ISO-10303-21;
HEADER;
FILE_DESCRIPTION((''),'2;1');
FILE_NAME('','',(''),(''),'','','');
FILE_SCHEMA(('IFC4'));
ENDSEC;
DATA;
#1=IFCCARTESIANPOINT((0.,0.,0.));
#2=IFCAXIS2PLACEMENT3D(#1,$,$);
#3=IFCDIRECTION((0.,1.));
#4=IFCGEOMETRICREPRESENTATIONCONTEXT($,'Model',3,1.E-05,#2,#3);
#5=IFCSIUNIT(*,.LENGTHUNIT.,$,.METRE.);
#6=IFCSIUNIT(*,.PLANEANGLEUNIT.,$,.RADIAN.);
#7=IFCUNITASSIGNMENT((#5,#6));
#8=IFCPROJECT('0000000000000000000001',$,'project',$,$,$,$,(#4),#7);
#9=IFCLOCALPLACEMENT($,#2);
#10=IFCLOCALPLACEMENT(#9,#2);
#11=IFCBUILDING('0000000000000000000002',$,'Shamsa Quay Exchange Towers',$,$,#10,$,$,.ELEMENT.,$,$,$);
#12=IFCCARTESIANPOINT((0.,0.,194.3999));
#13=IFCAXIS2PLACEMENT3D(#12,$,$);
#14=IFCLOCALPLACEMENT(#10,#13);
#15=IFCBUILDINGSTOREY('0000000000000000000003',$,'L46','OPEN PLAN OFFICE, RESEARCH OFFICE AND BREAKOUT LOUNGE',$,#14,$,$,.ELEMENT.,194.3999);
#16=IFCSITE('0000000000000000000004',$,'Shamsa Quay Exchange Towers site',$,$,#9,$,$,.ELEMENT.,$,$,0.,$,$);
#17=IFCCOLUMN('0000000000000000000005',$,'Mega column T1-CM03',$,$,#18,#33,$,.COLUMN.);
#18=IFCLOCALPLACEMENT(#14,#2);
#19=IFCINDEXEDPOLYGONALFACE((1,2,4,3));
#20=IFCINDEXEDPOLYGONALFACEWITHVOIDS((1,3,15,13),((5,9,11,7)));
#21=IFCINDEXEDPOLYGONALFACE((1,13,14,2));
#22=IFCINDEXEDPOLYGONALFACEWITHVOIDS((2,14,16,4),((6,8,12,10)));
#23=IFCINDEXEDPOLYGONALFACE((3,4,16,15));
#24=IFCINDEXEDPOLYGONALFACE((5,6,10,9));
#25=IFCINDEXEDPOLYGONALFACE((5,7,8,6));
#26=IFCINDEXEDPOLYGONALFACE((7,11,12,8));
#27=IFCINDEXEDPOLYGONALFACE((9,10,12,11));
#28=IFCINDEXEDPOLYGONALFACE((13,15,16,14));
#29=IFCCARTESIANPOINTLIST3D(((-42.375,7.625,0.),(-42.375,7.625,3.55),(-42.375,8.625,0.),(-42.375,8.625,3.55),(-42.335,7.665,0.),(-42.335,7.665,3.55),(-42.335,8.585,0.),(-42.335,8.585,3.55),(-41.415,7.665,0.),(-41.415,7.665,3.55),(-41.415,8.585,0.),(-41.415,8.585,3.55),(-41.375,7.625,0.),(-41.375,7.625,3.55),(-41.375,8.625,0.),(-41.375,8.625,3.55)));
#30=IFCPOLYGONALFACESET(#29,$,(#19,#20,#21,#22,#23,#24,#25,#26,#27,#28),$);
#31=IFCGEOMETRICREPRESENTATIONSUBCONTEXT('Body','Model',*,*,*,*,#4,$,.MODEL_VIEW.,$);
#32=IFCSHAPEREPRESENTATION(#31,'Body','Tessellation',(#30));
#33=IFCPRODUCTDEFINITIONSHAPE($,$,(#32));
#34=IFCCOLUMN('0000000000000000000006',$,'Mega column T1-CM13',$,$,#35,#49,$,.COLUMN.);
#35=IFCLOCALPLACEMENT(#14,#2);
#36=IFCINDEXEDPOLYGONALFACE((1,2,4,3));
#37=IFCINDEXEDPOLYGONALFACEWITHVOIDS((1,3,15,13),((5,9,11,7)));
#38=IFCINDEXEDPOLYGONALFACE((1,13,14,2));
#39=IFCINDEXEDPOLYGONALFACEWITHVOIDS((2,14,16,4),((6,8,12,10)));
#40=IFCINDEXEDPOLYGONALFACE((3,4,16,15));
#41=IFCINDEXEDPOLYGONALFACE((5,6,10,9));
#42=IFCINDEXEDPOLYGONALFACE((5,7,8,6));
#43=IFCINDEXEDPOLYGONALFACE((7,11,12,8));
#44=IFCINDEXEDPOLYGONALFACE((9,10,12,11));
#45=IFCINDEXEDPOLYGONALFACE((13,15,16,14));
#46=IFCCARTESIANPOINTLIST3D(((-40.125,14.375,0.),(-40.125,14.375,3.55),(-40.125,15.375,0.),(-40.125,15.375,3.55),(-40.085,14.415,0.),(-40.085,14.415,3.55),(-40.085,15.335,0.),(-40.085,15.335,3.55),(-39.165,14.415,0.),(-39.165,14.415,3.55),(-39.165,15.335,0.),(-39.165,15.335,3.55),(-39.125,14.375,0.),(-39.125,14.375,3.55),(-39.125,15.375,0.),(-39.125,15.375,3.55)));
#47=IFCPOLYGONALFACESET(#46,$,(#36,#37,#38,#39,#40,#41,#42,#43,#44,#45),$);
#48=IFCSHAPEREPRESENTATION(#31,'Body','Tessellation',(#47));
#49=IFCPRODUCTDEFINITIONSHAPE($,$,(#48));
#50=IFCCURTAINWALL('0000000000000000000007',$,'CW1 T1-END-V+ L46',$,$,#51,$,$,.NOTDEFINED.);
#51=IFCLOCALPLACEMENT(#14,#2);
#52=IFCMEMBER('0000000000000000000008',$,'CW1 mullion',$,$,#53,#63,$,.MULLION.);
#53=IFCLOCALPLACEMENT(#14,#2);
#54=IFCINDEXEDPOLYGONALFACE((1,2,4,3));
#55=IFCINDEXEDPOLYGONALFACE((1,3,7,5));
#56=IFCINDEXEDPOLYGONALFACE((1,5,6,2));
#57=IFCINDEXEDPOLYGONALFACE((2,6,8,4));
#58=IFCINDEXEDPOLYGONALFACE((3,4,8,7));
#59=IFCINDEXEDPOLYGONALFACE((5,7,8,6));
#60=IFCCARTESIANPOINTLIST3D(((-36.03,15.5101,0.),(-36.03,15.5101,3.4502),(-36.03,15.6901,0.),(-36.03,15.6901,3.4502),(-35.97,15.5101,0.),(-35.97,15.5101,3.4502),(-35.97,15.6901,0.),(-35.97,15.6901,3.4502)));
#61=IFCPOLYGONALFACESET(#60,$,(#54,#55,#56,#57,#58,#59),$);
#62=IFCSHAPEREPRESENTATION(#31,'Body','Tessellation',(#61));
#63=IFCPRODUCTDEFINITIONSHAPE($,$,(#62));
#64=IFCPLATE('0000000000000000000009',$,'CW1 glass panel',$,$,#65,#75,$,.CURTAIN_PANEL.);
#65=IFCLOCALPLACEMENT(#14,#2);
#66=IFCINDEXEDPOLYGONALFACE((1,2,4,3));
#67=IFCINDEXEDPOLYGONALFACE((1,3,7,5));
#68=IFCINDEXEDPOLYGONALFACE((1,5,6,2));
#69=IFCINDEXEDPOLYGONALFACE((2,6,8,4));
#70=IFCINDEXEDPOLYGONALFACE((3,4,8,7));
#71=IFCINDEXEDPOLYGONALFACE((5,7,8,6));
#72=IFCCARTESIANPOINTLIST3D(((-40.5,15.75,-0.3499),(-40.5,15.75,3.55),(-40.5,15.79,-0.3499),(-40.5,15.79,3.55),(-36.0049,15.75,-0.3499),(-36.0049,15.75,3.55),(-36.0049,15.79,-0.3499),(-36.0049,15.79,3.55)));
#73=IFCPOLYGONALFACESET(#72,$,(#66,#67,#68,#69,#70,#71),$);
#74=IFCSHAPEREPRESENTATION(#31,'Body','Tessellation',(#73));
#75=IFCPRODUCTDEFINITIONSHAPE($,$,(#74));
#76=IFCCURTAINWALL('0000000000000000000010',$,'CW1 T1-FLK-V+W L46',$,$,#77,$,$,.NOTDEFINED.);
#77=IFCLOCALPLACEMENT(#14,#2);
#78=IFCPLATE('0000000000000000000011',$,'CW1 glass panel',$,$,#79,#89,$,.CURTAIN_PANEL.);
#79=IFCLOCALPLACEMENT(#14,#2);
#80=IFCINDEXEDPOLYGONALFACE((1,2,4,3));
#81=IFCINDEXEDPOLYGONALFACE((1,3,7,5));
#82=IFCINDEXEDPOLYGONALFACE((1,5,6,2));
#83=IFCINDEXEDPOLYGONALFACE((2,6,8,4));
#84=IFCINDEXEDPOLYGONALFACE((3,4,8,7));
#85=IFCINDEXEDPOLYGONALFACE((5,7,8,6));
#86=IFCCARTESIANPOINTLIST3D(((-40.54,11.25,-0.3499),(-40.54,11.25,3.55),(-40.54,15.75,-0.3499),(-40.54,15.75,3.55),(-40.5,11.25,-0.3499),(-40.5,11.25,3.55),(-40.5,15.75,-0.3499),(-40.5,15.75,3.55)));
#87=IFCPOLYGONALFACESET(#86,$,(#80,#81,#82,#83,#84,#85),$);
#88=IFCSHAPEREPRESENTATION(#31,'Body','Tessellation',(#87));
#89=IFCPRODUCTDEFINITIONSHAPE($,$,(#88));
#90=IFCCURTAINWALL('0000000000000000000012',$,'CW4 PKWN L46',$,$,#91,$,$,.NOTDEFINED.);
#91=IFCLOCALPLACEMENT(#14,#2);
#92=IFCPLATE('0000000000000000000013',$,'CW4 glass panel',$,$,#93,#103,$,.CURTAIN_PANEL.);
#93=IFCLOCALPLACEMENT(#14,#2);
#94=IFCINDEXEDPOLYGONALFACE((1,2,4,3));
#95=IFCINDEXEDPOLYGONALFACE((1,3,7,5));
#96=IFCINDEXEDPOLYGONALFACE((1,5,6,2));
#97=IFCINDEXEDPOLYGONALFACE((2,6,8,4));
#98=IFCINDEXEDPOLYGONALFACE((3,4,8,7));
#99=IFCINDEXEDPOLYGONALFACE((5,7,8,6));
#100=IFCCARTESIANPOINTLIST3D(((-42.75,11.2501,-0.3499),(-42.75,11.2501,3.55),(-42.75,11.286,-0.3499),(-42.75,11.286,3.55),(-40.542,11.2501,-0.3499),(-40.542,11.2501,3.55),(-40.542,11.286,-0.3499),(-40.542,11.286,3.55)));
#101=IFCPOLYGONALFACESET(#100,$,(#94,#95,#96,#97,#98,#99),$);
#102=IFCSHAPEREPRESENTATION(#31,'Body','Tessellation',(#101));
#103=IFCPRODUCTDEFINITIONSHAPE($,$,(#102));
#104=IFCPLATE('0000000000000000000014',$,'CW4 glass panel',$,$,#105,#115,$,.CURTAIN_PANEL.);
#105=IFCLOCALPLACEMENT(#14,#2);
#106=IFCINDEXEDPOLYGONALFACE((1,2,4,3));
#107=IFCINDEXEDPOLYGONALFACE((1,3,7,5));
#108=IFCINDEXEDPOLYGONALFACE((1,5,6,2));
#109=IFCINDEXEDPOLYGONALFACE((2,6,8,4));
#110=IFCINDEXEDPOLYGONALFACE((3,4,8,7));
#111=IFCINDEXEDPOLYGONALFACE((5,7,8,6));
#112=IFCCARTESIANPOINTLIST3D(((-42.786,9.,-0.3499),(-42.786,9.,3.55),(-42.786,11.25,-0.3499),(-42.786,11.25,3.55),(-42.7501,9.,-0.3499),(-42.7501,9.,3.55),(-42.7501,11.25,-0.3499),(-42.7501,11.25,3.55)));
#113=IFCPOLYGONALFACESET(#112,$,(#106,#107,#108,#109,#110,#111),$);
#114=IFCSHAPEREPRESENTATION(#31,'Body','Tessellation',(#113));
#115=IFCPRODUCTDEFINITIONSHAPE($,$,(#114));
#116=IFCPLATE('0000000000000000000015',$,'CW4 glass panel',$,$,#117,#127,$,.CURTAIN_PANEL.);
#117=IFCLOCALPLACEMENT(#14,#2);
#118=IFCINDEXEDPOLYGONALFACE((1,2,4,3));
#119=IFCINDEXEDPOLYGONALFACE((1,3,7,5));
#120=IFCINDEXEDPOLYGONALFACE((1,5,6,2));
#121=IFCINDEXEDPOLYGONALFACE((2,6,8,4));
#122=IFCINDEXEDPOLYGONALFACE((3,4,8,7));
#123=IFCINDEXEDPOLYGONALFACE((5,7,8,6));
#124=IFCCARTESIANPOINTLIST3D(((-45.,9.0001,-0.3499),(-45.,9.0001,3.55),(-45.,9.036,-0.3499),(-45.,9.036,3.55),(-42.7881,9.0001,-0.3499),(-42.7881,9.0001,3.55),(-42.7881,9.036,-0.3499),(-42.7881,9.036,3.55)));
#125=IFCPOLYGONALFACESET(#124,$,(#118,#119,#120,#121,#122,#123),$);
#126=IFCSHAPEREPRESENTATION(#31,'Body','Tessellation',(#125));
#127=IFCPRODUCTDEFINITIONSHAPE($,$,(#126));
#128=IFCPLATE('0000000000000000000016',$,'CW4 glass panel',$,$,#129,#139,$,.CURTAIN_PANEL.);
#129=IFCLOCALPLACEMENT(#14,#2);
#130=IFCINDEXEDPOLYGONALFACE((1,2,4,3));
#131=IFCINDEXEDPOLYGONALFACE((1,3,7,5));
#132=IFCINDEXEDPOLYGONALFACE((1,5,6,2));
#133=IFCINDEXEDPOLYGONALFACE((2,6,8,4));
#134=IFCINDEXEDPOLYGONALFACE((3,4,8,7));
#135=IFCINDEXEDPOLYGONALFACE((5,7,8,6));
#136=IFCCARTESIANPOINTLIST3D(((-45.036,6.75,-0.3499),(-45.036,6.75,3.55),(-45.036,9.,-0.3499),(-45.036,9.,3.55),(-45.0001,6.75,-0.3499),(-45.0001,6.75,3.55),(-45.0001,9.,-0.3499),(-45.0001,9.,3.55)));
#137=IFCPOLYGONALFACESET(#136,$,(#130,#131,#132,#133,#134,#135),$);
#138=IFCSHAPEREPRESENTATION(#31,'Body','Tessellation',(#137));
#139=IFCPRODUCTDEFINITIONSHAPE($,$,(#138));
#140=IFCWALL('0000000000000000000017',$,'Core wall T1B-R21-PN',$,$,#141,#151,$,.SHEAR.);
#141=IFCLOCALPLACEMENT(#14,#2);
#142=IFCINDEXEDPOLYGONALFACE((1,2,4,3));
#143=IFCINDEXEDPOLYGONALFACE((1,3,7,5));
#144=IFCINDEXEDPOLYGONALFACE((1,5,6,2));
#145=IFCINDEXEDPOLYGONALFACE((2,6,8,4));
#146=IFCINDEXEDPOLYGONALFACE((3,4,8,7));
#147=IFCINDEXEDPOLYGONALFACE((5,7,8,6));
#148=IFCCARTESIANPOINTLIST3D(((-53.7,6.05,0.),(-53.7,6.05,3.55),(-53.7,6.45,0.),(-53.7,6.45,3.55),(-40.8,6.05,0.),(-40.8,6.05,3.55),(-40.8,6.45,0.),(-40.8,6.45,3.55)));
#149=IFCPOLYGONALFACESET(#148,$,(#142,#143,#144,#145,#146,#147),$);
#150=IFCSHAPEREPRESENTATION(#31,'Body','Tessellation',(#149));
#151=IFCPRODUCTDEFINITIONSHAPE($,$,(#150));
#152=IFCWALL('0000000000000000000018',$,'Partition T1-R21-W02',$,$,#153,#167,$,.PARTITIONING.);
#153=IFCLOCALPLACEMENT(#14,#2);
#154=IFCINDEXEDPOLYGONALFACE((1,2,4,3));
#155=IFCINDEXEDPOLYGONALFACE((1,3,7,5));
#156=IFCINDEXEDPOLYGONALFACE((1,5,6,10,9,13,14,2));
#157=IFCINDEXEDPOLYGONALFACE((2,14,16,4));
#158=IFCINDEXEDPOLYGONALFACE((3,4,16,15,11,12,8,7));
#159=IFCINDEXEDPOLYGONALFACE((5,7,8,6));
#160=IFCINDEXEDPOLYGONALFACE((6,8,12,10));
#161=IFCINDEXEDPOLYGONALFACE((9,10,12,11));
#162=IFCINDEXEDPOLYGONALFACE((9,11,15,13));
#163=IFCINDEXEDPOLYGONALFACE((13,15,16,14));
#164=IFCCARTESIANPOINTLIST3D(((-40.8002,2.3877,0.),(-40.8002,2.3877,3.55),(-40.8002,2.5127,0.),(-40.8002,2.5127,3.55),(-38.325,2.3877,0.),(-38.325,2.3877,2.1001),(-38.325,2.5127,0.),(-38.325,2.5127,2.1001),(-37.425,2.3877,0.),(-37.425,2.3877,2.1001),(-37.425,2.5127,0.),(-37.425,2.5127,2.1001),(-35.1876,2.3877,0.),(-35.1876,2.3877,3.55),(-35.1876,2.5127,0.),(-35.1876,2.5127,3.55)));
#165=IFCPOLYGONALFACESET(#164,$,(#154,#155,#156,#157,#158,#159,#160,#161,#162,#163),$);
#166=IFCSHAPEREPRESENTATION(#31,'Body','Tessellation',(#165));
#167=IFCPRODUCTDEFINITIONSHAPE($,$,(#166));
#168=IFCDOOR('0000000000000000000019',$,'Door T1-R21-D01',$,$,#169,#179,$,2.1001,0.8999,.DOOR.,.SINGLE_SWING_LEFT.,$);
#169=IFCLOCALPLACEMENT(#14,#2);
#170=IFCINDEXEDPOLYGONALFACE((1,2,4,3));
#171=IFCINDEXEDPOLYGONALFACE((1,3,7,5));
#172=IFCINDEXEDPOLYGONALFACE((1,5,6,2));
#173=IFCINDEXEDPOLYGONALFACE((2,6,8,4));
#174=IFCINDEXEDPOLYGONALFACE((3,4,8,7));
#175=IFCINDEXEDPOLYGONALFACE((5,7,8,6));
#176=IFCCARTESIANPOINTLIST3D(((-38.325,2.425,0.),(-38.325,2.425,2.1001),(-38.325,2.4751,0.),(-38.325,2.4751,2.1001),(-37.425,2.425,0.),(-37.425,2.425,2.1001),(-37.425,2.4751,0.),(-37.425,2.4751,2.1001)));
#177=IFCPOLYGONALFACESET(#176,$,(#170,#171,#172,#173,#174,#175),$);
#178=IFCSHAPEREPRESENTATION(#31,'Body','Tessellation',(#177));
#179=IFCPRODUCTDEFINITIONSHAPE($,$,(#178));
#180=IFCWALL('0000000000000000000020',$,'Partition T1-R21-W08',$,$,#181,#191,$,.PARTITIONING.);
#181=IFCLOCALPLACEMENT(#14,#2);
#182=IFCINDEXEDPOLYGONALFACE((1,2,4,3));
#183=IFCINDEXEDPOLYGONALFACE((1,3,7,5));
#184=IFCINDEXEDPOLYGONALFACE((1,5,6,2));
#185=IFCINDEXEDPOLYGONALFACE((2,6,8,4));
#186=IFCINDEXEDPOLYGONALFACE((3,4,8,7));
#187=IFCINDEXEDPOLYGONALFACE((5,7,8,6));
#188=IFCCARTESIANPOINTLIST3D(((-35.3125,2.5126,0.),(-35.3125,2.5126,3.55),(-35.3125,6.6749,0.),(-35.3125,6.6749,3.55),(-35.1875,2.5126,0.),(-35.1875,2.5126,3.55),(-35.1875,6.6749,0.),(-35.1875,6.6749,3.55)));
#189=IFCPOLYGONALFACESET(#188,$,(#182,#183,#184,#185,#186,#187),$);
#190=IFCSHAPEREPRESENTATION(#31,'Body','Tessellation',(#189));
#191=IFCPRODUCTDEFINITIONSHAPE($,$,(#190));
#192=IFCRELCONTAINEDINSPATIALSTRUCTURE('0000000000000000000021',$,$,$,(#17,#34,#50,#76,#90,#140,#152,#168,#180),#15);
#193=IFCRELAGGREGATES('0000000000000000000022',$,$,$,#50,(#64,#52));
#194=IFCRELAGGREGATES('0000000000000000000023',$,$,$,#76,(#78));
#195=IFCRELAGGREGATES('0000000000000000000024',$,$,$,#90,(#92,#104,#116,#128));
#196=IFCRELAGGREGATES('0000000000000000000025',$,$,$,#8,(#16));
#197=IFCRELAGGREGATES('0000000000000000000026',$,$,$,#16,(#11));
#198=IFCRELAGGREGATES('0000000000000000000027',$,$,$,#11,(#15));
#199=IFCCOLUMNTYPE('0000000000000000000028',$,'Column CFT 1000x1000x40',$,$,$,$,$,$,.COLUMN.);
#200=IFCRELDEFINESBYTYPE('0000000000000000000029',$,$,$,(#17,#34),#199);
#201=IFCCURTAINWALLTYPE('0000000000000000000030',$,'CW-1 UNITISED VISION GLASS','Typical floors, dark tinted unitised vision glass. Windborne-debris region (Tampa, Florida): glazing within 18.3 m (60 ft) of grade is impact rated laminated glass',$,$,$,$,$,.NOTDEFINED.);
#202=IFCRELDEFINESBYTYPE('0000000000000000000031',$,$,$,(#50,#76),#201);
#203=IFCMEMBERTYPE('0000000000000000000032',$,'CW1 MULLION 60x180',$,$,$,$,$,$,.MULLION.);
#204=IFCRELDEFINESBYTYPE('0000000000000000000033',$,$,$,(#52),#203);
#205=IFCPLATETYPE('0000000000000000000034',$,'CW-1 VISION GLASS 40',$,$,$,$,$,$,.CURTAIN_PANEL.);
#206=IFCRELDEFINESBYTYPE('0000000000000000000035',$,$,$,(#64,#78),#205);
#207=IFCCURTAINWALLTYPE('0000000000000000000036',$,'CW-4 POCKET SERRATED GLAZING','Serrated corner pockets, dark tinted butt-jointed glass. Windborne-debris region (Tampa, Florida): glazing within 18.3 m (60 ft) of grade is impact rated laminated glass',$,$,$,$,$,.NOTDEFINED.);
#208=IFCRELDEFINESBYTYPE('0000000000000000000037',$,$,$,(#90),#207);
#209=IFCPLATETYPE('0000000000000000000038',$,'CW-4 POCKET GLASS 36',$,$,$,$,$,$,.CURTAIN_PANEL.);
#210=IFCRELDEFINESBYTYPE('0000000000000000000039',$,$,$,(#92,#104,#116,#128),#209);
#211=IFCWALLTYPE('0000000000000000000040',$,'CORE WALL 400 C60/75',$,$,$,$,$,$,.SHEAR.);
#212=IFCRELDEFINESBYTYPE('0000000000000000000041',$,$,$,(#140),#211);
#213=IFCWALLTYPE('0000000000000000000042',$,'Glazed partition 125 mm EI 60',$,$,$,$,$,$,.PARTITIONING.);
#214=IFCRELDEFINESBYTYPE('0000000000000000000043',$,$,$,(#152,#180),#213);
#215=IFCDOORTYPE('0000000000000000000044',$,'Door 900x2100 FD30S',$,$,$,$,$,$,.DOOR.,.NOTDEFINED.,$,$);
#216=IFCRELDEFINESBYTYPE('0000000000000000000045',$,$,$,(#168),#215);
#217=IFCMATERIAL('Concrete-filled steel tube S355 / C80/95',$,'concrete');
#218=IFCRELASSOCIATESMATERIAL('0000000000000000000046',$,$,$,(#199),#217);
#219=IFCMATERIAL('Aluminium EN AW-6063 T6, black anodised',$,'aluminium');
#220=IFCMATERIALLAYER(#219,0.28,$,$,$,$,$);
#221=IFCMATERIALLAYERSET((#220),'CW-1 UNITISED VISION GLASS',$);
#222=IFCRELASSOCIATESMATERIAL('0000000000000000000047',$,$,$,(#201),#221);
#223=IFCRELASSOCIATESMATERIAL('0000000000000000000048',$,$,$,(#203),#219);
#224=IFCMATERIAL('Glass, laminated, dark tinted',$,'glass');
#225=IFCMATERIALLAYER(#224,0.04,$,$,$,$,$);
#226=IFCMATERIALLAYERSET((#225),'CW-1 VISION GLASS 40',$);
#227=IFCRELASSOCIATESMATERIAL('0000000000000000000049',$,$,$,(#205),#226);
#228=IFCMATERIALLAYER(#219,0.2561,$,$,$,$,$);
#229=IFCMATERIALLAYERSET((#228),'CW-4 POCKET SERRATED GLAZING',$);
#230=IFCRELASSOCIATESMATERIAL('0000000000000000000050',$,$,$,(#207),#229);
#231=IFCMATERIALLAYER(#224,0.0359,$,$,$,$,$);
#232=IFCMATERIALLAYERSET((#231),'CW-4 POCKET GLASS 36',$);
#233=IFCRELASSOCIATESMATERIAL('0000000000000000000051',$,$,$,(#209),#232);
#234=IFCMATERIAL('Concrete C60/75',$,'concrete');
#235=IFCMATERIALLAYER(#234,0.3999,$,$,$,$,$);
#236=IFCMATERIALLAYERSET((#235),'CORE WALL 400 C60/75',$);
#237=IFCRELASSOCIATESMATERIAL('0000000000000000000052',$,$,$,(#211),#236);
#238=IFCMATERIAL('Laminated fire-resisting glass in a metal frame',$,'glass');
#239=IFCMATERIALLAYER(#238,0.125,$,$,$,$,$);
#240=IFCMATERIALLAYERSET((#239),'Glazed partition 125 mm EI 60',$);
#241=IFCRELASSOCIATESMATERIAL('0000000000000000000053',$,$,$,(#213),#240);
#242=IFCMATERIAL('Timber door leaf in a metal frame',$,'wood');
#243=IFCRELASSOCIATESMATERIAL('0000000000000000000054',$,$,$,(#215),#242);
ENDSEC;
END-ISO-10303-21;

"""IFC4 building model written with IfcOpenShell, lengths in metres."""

from ifc_helpers import new_model, si_unit, direction, frame, frame_2d, origin, origin_2d, place, context, subcontext, project, spatial, rectangle, hollow_rectangle, extrude, material, layer, layer_set, material_profile, profile_set, type_object, element, fill, aggregate, save


model = new_model("IFC4")

# Units and contexts
model_context = context("Model", 3, precision=1e-05, world=origin(), true_north=direction((0.0, 1.0)))
body_context = subcontext(model_context, "Body", "Model", "MODEL_VIEW")
ifc_project = project(units=[si_unit("LENGTHUNIT", "METRE"), si_unit("PLANEANGLEUNIT", "RADIAN")], contexts=[model_context])

# Site, building, storey
site_placement = place(None, origin())
site = spatial("IfcSite", under=ifc_project, at=site_placement, Name="Shamsa Quay Exchange Towers site", CompositionType="ELEMENT", RefElevation=0.0)
building_placement = place(site_placement, origin())
building = spatial("IfcBuilding", under=site, at=building_placement, Name="Shamsa Quay Exchange Towers", CompositionType="ELEMENT")
storey_placement = place(building_placement, frame((0.0, 0.0, 194.3999)))
storey = spatial("IfcBuildingStorey", under=building, at=storey_placement, Name="L46", Description="OPEN PLAN OFFICE, RESEARCH OFFICE AND BREAKOUT LOUNGE", CompositionType="ELEMENT", Elevation=194.3999)

# Columns
ifc_material_1 = material(Name="Concrete-filled steel tube S355 / C80/95", Category="concrete")
ifc_material_profile_1 = material_profile(ifc_material_1, hollow_rectangle(XDim=1.0, YDim=1.0, WallThickness=0.04, at=origin_2d()), Name="CFT 1000x1000x40")
ifc_profile_set_1 = profile_set([ifc_material_profile_1], Name="Concrete-filled steel tube S355 / C80/95")
column_type = type_object("IfcColumnType", Name="Column CFT 1000x1000x40", PredefinedType="COLUMN", material=ifc_profile_set_1)
for number, where, name in (
    (1, (-41.875, 8.125, 0.0), "Mega column T1-CM03"),
    (2, (-39.625, 14.875, 0.0), "Mega column T1-CM13"),
):
    element("IfcColumn", number, at=place(storey_placement, frame(where)), inside=storey, type_object=column_type, Name=name, PredefinedType="COLUMN", context=body_context, shape_type="SweptSolid", body=[
        extrude(hollow_rectangle(XDim=1.0, YDim=1.0, WallThickness=0.04, at=origin_2d()), origin(), (0.0, 0.0, 1.0), 3.55),
    ])

# Curtain wall, member, plate
ifc_material_2 = material(Name="Aluminium EN AW-6063 T6, black anodised", Category="aluminium")
ifc_layer_1 = layer(ifc_material_2, 0.28)
ifc_layer_set_1 = layer_set([ifc_layer_1], Name="CW-1 UNITISED VISION GLASS")
curtain_wall_type_1 = type_object("IfcCurtainWallType", Name="CW-1 UNITISED VISION GLASS", Description="Typical floors, dark tinted unitised vision glass. Windborne-debris region (Tampa, Florida): glazing within 18.3 m (60 ft) of grade is impact rated laminated glass", PredefinedType="NOTDEFINED", material=ifc_layer_set_1)
curtain_wall_1_placement = place(storey_placement, origin())
curtain_wall_1 = element("IfcCurtainWall", 3, at=curtain_wall_1_placement, inside=storey, type_object=curtain_wall_type_1, Name="CW1 T1-END-V+ L46", PredefinedType="NOTDEFINED")
ifc_material_profile_2 = material_profile(ifc_material_2, rectangle(XDim=0.1799, YDim=0.0601, at=origin_2d()), Name="MU60x180")
ifc_profile_set_2 = profile_set([ifc_material_profile_2], Name="Aluminium EN AW-6063 T6, black anodised")
member_type = type_object("IfcMemberType", Name="CW1 MULLION 60x180", PredefinedType="MULLION", material=ifc_profile_set_2)
member_placement = place(storey_placement, frame((-36.0, 15.6001, 0.0), z_axis=(0.0, 0.0, 1.0), x_axis=(0.0, -1.0, 0.0)))
member = element("IfcMember", 4, at=member_placement, type_object=member_type, Name="CW1 mullion", PredefinedType="MULLION", context=body_context, shape_type="SweptSolid", body=[
    extrude(rectangle(XDim=0.1799, YDim=0.0601, at=origin_2d()), origin(), (0.0, 0.0, 1.0), 3.4502),
])
ifc_material_3 = material(Name="Glass, laminated, dark tinted", Category="glass")
ifc_layer_2 = layer(ifc_material_3, 0.04)
ifc_layer_set_2 = layer_set([ifc_layer_2], Name="CW-1 VISION GLASS 40")
plate_type_1 = type_object("IfcPlateType", Name="CW-1 VISION GLASS 40", PredefinedType="CURTAIN_PANEL", material=ifc_layer_set_2)
plate_1_placement = place(storey_placement, frame((-38.2524, 15.77, -0.3499), z_axis=(0.0, 0.0, 1.0), x_axis=(-1.0, 0.0, 0.0)))
plate_1 = element("IfcPlate", 5, at=plate_1_placement, type_object=plate_type_1, Name="CW1 glass panel", PredefinedType="CURTAIN_PANEL", context=body_context, shape_type="SweptSolid", body=[
    extrude(rectangle(XDim=4.4951, YDim=0.04, at=origin_2d()), origin(), (0.0, 0.0, 1.0), 3.8999),
])
aggregate(curtain_wall_1, [plate_1, member])

# Curtain wall, plate
curtain_wall_2_placement = place(storey_placement, origin())
curtain_wall_2 = element("IfcCurtainWall", 6, at=curtain_wall_2_placement, inside=storey, type_object=curtain_wall_type_1, Name="CW1 T1-FLK-V+W L46", PredefinedType="NOTDEFINED")
plate_2_placement = place(storey_placement, frame((-40.52, 13.5, -0.3499), z_axis=(0.0, 0.0, 1.0), x_axis=(0.0, -1.0, 0.0)))
plate_2 = element("IfcPlate", 7, at=plate_2_placement, type_object=plate_type_1, Name="CW1 glass panel", PredefinedType="CURTAIN_PANEL", context=body_context, shape_type="SweptSolid", body=[
    extrude(rectangle(XDim=4.5, YDim=0.04, at=origin_2d()), origin(), (0.0, 0.0, 1.0), 3.8999),
])
aggregate(curtain_wall_2, [plate_2])

# Curtain wall, plates
ifc_layer_3 = layer(ifc_material_2, 0.2561)
ifc_layer_set_3 = layer_set([ifc_layer_3], Name="CW-4 POCKET SERRATED GLAZING")
curtain_wall_type_2 = type_object("IfcCurtainWallType", Name="CW-4 POCKET SERRATED GLAZING", Description="Serrated corner pockets, dark tinted butt-jointed glass. Windborne-debris region (Tampa, Florida): glazing within 18.3 m (60 ft) of grade is impact rated laminated glass", PredefinedType="NOTDEFINED", material=ifc_layer_set_3)
curtain_wall_3_placement = place(storey_placement, origin())
curtain_wall_3 = element("IfcCurtainWall", 8, at=curtain_wall_3_placement, inside=storey, type_object=curtain_wall_type_2, Name="CW4 PKWN L46", PredefinedType="NOTDEFINED")
ifc_layer_4 = layer(ifc_material_3, 0.0359)
ifc_layer_set_4 = layer_set([ifc_layer_4], Name="CW-4 POCKET GLASS 36")
plate_type_2 = type_object("IfcPlateType", Name="CW-4 POCKET GLASS 36", PredefinedType="CURTAIN_PANEL", material=ifc_layer_set_4)
plate_3_placement = place(storey_placement, frame((-41.646, 11.2681, -0.3499), z_axis=(0.0, 0.0, 1.0), x_axis=(-1.0, 0.0, 0.0)))
plate_3 = element("IfcPlate", 9, at=plate_3_placement, type_object=plate_type_2, Name="CW4 glass panel", PredefinedType="CURTAIN_PANEL", context=body_context, shape_type="SweptSolid", body=[
    extrude(rectangle(XDim=2.208, YDim=0.0359, at=origin_2d()), origin(), (0.0, 0.0, 1.0), 3.8999),
])
plate_4_placement = place(storey_placement, frame((-42.7681, 10.125, -0.3499), z_axis=(0.0, 0.0, 1.0), x_axis=(0.0, -1.0, 0.0)))
plate_4 = element("IfcPlate", 10, at=plate_4_placement, type_object=plate_type_2, Name="CW4 glass panel", PredefinedType="CURTAIN_PANEL", context=body_context, shape_type="SweptSolid", body=[
    extrude(rectangle(XDim=2.25, YDim=0.0359, at=origin_2d()), origin(), (0.0, 0.0, 1.0), 3.8999),
])
plate_5_placement = place(storey_placement, frame((-43.894, 9.0181, -0.3499), z_axis=(0.0, 0.0, 1.0), x_axis=(-1.0, 0.0, 0.0)))
plate_5 = element("IfcPlate", 11, at=plate_5_placement, type_object=plate_type_2, Name="CW4 glass panel", PredefinedType="CURTAIN_PANEL", context=body_context, shape_type="SweptSolid", body=[
    extrude(rectangle(XDim=2.2119, YDim=0.0359, at=origin_2d()), origin(), (0.0, 0.0, 1.0), 3.8999),
])
plate_6_placement = place(storey_placement, frame((-45.0181, 7.875, -0.3499), z_axis=(0.0, 0.0, 1.0), x_axis=(0.0, -1.0, 0.0)))
plate_6 = element("IfcPlate", 12, at=plate_6_placement, type_object=plate_type_2, Name="CW4 glass panel", PredefinedType="CURTAIN_PANEL", context=body_context, shape_type="SweptSolid", body=[
    extrude(rectangle(XDim=2.25, YDim=0.0359, at=origin_2d()), origin(), (0.0, 0.0, 1.0), 3.8999),
])
aggregate(curtain_wall_3, [plate_3, plate_4, plate_5, plate_6])

# Wall
ifc_material_4 = material(Name="Concrete C60/75", Category="concrete")
ifc_layer_5 = layer(ifc_material_4, 0.3999)
ifc_layer_set_5 = layer_set([ifc_layer_5], Name="CORE WALL 400 C60/75")
wall_type_1 = type_object("IfcWallType", Name="CORE WALL 400 C60/75", PredefinedType="SHEAR", material=ifc_layer_set_5)
wall_1_placement = place(storey_placement, frame((-40.8, 6.25, 0.0), z_axis=(0.0, 0.0, 1.0), x_axis=(-1.0, 0.0, 0.0)))
element("IfcWall", 13, at=wall_1_placement, inside=storey, type_object=wall_type_1, Name="Core wall T1B-R21-PN", PredefinedType="SHEAR", context=body_context, shape_type="SweptSolid", body=[
    extrude(rectangle(XDim=12.8999, YDim=0.3999, at=frame_2d((6.45, 0.0))), origin(), (0.0, 0.0, 1.0), 3.55),
])

# Wall, opening, door
ifc_material_5 = material(Name="Laminated fire-resisting glass in a metal frame", Category="glass")
ifc_layer_6 = layer(ifc_material_5, 0.125)
ifc_layer_set_6 = layer_set([ifc_layer_6], Name="Glazed partition 125 mm EI 60")
wall_type_2 = type_object("IfcWallType", Name="Glazed partition 125 mm EI 60", PredefinedType="PARTITIONING", material=ifc_layer_set_6)
wall_2_placement = place(storey_placement, frame((-40.8, 2.4502, 0.0)))
wall_2 = element("IfcWall", 14, at=wall_2_placement, inside=storey, type_object=wall_type_2, Name="Partition T1-R21-W02", PredefinedType="PARTITIONING", context=body_context, shape_type="SweptSolid", body=[
    extrude(rectangle(XDim=5.6125, YDim=0.125, at=frame_2d((2.8062, 0.0))), origin(), (0.0, 0.0, 1.0), 3.55),
])
opening_1_placement = place(wall_2_placement, frame((2.4751, 0.0, 0.0)))
opening_1 = element("IfcOpeningElement", 15, at=opening_1_placement, cuts=wall_2, PredefinedType="OPENING", context=body_context, shape_type="SweptSolid", body=[
    extrude(rectangle(XDim=0.8999, YDim=2.1001, at=frame_2d((0.45, 1.05))), frame((0.0, 0.0725, 0.0), z_axis=(0.0, -1.0, 0.0), x_axis=(1.0, 0.0, 0.0)), (0.0, 0.0, 1.0), 0.145),
])
ifc_material_6 = material(Name="Timber door leaf in a metal frame", Category="wood")
door_type_1 = type_object("IfcDoorType", Name="Door 900x2100 FD30S", OperationType="NOTDEFINED", PredefinedType="DOOR", material=ifc_material_6)
door_1_placement = place(opening_1_placement, origin())
door_1 = element("IfcDoor", 16, at=door_1_placement, inside=storey, type_object=door_type_1, Name="Door T1-R21-D01", OperationType="SINGLE_SWING_LEFT", OverallHeight=2.1001, OverallWidth=0.8999, PredefinedType="DOOR", context=body_context, shape_type="SweptSolid", body=[
    extrude(rectangle(XDim=0.8999, YDim=2.1001, at=frame_2d((0.45, 1.05))), frame((0.0, 0.0249, 0.0), z_axis=(0.0, -1.0, 0.0), x_axis=(1.0, 0.0, 0.0)), (0.0, 0.0, 1.0), 0.05),
])
fill(opening_1, door_1)

# Wall
wall_3_placement = place(storey_placement, frame((-35.25, 2.5127, 0.0), z_axis=(0.0, 0.0, 1.0), x_axis=(0.0, 1.0, 0.0)))
element("IfcWall", 17, at=wall_3_placement, inside=storey, type_object=wall_type_2, Name="Partition T1-R21-W08", PredefinedType="PARTITIONING", context=body_context, shape_type="SweptSolid", body=[
    extrude(rectangle(XDim=4.1624, YDim=0.125, at=frame_2d((2.0811, 0.0))), origin(), (0.0, 0.0, 1.0), 3.55),
])

save(model, "model.ifc")
